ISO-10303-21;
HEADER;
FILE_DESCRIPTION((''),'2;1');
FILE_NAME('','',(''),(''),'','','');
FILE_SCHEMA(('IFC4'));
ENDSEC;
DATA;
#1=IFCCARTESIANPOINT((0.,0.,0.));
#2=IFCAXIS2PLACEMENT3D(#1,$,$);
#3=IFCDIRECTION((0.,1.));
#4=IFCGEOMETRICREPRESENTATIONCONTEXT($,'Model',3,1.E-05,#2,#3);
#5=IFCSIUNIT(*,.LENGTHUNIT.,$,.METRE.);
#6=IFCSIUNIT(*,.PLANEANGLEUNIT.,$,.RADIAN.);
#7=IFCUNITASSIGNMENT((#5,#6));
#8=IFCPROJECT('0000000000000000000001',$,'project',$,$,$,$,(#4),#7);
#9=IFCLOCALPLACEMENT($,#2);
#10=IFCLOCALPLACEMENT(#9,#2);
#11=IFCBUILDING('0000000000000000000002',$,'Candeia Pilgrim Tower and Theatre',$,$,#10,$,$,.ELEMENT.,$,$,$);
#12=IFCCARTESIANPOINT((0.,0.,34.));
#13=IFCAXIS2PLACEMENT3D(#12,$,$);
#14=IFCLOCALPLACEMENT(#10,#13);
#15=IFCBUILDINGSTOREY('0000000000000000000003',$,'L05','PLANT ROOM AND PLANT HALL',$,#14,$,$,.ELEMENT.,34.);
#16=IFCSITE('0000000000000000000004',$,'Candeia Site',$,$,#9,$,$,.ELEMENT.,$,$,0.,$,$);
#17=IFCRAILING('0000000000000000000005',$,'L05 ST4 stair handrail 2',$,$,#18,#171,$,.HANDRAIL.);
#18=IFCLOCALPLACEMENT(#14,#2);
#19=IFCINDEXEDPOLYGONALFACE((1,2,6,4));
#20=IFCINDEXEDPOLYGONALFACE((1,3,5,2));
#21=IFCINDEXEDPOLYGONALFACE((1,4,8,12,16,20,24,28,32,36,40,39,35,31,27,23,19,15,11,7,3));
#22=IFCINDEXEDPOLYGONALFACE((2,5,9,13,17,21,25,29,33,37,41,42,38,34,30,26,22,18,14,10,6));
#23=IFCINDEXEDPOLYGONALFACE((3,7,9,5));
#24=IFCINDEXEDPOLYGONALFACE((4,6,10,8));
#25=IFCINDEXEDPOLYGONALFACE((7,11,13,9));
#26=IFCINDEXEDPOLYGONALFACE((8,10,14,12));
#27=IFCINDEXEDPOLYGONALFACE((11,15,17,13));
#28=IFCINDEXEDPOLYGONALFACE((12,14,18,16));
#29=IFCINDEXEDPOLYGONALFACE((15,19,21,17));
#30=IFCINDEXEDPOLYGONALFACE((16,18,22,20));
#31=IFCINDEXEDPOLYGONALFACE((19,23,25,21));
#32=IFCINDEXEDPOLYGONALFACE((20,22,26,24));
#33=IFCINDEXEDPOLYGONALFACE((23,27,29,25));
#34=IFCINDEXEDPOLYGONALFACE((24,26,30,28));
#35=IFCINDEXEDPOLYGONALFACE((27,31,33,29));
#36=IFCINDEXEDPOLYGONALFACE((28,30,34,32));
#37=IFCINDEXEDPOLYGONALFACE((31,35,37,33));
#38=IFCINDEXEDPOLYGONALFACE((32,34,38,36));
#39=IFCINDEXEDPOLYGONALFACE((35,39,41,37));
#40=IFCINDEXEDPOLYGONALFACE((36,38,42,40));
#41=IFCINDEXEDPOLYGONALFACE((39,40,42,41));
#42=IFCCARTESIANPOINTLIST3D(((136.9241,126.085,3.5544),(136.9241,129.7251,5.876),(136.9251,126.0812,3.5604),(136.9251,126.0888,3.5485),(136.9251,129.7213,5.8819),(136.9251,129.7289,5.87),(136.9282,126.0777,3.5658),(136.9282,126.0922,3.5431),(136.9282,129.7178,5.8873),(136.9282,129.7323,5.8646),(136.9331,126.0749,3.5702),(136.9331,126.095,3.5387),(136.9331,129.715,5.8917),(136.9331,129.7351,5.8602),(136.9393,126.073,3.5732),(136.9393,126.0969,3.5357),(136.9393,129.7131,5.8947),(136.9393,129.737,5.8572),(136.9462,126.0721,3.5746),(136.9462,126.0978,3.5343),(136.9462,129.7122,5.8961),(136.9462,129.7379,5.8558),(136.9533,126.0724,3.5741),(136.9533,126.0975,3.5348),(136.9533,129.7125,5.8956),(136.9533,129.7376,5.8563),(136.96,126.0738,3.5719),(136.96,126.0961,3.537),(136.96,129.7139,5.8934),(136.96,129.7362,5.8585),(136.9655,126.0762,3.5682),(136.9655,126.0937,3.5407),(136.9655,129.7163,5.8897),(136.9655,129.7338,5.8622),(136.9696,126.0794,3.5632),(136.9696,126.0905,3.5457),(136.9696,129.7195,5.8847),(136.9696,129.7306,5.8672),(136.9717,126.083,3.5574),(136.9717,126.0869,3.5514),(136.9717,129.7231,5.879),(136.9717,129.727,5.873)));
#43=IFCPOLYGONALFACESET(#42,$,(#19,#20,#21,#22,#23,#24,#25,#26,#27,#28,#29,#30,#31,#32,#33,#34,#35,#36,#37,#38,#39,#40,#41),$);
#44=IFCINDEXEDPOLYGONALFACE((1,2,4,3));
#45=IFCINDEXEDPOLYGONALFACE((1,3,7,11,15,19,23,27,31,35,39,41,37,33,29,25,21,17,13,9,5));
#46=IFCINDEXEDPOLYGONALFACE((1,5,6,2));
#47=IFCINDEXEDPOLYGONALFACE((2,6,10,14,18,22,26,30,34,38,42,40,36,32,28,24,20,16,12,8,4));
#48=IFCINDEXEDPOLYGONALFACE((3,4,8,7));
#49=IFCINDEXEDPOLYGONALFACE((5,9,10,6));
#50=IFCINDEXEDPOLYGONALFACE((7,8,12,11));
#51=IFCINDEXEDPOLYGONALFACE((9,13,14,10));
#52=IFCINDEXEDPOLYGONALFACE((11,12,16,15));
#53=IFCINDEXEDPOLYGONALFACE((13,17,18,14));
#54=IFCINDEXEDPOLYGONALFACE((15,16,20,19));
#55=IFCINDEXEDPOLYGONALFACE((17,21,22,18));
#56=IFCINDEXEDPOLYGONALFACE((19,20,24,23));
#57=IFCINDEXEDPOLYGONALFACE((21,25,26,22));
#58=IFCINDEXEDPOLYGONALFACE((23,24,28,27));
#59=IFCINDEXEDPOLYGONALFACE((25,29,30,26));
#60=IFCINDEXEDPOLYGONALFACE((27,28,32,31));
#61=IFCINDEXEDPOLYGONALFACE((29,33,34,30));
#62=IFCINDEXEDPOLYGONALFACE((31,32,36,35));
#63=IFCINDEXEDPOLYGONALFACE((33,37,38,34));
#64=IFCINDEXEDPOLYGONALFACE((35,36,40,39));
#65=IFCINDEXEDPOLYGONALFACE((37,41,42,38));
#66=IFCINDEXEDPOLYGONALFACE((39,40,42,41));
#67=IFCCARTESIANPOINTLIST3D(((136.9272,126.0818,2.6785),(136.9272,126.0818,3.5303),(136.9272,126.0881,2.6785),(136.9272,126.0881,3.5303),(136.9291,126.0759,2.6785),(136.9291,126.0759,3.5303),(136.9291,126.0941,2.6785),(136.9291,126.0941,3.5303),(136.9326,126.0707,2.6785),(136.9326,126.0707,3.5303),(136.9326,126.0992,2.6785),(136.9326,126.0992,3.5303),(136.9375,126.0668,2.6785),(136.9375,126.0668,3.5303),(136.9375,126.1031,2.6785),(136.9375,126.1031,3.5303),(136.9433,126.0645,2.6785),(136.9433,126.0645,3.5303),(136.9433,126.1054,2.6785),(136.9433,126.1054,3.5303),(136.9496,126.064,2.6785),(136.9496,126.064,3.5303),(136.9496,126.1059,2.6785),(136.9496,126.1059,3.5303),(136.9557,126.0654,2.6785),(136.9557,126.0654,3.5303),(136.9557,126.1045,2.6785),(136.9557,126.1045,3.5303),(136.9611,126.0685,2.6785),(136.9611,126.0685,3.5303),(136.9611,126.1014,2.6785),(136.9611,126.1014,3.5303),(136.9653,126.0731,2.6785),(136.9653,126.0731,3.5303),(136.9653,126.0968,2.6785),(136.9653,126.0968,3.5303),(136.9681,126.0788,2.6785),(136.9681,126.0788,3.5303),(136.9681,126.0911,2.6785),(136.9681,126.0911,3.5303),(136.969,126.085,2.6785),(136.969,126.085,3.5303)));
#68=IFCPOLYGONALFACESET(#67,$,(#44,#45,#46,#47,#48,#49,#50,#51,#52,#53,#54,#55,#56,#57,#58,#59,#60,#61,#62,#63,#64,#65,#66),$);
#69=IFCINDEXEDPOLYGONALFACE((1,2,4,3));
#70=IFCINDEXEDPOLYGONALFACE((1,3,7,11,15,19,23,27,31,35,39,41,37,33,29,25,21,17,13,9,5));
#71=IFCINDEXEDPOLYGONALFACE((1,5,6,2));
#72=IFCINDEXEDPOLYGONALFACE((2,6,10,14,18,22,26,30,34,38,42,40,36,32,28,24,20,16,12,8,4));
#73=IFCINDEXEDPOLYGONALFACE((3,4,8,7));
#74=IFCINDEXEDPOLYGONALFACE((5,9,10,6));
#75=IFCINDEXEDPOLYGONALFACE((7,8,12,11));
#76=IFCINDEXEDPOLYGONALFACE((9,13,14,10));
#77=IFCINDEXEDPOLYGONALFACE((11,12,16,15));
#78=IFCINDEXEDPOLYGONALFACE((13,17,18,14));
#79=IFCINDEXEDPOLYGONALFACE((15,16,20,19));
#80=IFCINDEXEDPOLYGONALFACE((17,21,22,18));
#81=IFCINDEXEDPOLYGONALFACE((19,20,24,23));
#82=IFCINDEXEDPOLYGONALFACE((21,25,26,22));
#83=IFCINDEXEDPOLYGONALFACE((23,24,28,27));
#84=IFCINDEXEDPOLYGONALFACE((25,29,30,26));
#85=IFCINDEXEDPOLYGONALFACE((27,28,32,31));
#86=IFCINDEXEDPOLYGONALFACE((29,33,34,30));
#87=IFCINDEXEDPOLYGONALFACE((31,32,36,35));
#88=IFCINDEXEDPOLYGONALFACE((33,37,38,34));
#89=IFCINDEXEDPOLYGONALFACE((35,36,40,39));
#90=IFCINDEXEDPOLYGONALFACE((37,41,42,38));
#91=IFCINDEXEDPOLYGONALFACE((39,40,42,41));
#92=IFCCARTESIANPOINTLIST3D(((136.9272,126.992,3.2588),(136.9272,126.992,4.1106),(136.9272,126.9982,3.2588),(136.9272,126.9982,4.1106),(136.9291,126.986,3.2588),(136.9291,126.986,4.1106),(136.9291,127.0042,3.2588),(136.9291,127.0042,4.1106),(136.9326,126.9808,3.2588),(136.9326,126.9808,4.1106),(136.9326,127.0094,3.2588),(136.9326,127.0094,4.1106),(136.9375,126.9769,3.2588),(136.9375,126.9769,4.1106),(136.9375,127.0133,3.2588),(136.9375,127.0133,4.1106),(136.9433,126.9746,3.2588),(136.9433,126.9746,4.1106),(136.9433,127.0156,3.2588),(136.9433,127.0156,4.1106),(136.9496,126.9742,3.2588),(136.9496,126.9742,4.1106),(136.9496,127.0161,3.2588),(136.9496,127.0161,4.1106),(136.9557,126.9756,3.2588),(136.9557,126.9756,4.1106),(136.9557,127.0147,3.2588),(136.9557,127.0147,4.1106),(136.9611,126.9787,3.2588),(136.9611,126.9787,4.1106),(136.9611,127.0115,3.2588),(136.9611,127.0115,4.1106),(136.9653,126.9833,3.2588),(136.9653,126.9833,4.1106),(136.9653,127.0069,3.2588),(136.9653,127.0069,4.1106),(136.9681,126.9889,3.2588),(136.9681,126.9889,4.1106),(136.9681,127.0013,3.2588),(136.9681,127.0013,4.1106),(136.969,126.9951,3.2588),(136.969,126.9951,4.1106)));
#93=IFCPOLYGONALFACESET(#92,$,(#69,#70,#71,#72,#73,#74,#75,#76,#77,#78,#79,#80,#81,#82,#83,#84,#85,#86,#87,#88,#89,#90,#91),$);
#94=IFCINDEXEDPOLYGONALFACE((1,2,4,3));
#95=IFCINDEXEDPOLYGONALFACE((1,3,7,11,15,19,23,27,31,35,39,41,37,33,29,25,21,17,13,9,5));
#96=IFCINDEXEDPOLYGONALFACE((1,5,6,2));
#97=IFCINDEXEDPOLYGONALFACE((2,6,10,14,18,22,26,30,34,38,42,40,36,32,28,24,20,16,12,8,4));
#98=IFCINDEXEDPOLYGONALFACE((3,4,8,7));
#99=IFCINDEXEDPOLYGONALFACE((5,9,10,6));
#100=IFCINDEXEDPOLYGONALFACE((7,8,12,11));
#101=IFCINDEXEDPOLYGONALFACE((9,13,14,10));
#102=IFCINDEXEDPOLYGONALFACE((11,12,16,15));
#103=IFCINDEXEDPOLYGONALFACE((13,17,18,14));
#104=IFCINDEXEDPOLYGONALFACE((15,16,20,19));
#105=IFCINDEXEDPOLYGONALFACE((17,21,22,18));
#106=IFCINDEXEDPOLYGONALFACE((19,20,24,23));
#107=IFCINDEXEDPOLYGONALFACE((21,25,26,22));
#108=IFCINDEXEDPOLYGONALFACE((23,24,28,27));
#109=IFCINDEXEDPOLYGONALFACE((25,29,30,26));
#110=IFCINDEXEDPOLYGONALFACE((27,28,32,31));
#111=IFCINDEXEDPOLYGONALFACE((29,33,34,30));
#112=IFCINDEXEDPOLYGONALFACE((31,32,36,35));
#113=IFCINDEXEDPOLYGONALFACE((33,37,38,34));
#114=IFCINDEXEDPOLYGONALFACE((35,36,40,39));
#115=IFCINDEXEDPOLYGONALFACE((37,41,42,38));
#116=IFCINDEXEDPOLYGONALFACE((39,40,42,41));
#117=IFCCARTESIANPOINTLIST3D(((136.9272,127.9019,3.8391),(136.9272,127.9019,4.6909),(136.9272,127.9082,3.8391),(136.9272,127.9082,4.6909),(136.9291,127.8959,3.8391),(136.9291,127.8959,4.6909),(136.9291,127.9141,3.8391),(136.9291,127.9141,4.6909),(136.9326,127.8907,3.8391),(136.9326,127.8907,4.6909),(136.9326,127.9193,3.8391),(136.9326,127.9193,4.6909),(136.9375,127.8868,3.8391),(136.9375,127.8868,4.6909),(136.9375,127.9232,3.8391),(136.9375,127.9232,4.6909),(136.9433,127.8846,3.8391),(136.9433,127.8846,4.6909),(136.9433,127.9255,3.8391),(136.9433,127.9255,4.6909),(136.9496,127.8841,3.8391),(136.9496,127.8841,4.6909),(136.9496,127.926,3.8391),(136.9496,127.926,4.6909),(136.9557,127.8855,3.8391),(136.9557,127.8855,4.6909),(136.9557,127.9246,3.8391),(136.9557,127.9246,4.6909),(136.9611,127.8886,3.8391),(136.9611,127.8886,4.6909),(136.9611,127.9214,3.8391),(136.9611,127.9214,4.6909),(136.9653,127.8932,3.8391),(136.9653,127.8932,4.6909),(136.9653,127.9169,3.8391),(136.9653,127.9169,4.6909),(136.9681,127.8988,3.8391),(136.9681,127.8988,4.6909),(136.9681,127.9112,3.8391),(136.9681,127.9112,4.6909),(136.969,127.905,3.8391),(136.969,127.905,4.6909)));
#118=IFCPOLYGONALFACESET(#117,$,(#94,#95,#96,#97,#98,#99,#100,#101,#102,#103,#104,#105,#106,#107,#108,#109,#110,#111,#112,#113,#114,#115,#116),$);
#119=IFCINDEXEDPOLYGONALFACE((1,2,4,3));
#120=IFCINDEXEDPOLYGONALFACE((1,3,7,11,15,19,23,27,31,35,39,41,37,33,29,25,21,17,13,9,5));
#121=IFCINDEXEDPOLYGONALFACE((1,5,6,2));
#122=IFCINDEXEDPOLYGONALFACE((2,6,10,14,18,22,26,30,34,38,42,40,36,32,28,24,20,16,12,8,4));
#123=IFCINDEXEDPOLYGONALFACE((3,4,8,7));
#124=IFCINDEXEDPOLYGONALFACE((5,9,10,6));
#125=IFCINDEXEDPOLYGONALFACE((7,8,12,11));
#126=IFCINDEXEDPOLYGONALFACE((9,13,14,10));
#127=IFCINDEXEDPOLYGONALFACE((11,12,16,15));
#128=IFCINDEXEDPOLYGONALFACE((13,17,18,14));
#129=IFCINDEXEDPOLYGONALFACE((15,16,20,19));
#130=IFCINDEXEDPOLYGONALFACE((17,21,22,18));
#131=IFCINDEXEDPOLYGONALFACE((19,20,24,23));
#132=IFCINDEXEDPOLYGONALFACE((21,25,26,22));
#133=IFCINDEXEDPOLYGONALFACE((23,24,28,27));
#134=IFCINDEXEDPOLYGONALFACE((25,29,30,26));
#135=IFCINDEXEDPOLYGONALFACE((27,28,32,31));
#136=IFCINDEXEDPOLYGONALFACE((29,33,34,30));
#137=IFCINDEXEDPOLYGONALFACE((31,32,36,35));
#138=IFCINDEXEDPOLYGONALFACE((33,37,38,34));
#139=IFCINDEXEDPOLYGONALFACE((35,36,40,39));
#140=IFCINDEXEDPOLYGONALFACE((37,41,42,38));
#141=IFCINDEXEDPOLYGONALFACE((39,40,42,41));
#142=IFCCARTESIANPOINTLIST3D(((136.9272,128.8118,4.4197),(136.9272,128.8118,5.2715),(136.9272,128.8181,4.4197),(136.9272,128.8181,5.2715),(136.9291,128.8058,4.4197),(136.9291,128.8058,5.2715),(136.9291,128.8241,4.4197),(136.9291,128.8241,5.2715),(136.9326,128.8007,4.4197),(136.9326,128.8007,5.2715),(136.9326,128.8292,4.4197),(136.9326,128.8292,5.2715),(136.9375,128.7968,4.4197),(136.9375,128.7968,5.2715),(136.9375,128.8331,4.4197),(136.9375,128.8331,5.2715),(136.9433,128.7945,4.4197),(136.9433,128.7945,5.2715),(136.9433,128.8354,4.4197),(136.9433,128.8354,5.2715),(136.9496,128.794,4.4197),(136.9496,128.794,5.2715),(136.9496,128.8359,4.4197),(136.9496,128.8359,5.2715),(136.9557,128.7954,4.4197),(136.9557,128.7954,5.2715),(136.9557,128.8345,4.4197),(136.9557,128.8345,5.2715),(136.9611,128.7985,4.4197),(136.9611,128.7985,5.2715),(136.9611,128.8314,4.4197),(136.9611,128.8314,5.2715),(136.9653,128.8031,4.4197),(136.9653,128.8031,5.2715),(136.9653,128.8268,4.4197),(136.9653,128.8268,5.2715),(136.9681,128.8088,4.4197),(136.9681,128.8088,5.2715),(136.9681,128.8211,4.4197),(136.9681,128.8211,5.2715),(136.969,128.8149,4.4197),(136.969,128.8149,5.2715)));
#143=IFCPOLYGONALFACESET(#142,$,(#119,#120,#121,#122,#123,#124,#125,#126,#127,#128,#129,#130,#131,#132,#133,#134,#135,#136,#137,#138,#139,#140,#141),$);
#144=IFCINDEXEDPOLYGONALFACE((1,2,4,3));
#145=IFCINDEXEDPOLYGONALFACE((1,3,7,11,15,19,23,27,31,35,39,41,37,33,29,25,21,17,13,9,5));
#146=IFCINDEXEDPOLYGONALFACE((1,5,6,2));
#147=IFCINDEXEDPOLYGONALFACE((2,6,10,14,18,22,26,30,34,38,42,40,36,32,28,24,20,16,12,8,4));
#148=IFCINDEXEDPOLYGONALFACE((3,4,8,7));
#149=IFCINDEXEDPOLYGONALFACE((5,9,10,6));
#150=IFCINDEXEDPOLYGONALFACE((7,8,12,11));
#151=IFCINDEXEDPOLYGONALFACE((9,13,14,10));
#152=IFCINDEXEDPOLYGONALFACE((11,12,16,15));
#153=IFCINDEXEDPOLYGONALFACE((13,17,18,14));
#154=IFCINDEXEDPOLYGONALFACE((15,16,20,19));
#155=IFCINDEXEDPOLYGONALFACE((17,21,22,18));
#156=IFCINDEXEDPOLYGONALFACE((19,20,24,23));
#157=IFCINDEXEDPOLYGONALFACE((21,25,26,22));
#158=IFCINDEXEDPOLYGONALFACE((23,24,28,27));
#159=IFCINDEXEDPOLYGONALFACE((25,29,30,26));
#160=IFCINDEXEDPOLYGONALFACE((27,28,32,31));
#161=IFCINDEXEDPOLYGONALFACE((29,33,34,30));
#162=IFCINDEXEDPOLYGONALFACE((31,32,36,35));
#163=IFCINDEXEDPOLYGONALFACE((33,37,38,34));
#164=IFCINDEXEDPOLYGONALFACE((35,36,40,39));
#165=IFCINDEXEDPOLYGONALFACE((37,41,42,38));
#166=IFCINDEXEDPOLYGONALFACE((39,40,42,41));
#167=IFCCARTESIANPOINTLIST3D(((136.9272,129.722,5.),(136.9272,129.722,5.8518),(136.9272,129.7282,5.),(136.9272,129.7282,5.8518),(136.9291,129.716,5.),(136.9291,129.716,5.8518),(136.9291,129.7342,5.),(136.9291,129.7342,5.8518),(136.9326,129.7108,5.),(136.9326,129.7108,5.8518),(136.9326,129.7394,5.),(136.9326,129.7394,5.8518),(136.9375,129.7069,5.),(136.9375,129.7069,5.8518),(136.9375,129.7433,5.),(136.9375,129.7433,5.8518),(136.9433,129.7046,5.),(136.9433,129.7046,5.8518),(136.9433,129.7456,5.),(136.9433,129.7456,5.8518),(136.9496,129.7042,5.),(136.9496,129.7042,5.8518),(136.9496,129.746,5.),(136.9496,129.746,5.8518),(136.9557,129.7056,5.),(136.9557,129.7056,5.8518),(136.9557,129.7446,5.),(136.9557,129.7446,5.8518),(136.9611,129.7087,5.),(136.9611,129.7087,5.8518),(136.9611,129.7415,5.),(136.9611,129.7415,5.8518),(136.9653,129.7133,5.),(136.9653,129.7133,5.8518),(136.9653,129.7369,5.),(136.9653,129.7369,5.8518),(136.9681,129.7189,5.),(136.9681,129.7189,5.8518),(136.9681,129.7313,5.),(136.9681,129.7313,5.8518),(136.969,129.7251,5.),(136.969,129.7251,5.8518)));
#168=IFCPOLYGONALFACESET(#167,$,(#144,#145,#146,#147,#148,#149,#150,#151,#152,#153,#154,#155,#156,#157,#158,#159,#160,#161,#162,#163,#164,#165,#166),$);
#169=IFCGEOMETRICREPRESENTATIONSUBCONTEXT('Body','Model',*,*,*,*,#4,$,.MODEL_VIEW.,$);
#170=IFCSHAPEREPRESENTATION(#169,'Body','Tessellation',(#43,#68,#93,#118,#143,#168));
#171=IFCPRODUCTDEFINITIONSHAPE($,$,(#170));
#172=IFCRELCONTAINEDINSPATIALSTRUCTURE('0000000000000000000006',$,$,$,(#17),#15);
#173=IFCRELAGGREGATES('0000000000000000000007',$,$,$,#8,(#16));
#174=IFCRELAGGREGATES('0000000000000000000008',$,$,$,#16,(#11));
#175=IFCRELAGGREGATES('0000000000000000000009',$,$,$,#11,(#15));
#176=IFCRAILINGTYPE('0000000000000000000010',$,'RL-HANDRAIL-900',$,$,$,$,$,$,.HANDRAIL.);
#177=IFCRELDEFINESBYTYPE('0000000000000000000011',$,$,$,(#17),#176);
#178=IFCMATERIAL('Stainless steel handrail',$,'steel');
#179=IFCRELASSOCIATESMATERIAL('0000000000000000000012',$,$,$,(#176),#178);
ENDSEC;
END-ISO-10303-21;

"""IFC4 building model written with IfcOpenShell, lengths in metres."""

from ifc_helpers import new_model, si_unit, direction, frame, origin, origin_2d, place, context, subcontext, project, spatial, circle, extrude, material, type_object, element, save


model = new_model("IFC4")

# Units and contexts
model_context = context("Model", 3, precision=1e-05, world=origin(), true_north=direction((0.0, 1.0)))
body_context = subcontext(model_context, "Body", "Model", "MODEL_VIEW")
ifc_project = project(units=[si_unit("LENGTHUNIT", "METRE"), si_unit("PLANEANGLEUNIT", "RADIAN")], contexts=[model_context])

# Site, building, storey
site_placement = place(None, origin())
site = spatial("IfcSite", under=ifc_project, at=site_placement, Name="Candeia Site", CompositionType="ELEMENT", RefElevation=0.0)
building_placement = place(site_placement, origin())
building = spatial("IfcBuilding", under=site, at=building_placement, Name="Candeia Pilgrim Tower and Theatre", CompositionType="ELEMENT")
storey_placement = place(building_placement, frame((0.0, 0.0, 34.0)))
storey = spatial("IfcBuildingStorey", under=building, at=storey_placement, Name="L05", Description="PLANT ROOM AND PLANT HALL", CompositionType="ELEMENT", Elevation=34.0)

# Railing
ifc_material_1 = material(Name="Stainless steel handrail", Category="steel")
railing_type_1 = type_object("IfcRailingType", Name="RL-HANDRAIL-900", PredefinedType="HANDRAIL", material=ifc_material_1)
railing_1_placement = place(storey_placement, frame((136.948, 126.085, 2.6785)))
element("IfcRailing", 1, at=railing_1_placement, inside=storey, type_object=railing_type_1, Name="L05 ST4 stair handrail 2", PredefinedType="HANDRAIL", context=body_context, shape_type="SweptSolid", body=[
    extrude(circle(Radius=0.0239, at=origin_2d()), frame((0.0, 0.0, 0.876), z_axis=(0.0, 0.843128, 0.537713), x_axis=(-1.0, 0.0, 0.0)), (0.0, 0.0, 1.0), 4.3174),
    extrude(circle(Radius=0.021, at=origin_2d()), origin(), (0.0, 0.0, 1.0), 0.8518),
    extrude(circle(Radius=0.021, at=origin_2d()), frame((0.0, 0.9102, 0.5803)), (0.0, 0.0, 1.0), 0.8518),
    extrude(circle(Radius=0.021, at=origin_2d()), frame((0.0, 1.8201, 1.1606)), (0.0, 0.0, 1.0), 0.8518),
    extrude(circle(Radius=0.021, at=origin_2d()), frame((0.0, 2.73, 1.7412)), (0.0, 0.0, 1.0), 0.8518),
    extrude(circle(Radius=0.021, at=origin_2d()), frame((0.0, 3.6401, 2.3215)), (0.0, 0.0, 1.0), 0.8518),
])

save(model, "model.ifc")
